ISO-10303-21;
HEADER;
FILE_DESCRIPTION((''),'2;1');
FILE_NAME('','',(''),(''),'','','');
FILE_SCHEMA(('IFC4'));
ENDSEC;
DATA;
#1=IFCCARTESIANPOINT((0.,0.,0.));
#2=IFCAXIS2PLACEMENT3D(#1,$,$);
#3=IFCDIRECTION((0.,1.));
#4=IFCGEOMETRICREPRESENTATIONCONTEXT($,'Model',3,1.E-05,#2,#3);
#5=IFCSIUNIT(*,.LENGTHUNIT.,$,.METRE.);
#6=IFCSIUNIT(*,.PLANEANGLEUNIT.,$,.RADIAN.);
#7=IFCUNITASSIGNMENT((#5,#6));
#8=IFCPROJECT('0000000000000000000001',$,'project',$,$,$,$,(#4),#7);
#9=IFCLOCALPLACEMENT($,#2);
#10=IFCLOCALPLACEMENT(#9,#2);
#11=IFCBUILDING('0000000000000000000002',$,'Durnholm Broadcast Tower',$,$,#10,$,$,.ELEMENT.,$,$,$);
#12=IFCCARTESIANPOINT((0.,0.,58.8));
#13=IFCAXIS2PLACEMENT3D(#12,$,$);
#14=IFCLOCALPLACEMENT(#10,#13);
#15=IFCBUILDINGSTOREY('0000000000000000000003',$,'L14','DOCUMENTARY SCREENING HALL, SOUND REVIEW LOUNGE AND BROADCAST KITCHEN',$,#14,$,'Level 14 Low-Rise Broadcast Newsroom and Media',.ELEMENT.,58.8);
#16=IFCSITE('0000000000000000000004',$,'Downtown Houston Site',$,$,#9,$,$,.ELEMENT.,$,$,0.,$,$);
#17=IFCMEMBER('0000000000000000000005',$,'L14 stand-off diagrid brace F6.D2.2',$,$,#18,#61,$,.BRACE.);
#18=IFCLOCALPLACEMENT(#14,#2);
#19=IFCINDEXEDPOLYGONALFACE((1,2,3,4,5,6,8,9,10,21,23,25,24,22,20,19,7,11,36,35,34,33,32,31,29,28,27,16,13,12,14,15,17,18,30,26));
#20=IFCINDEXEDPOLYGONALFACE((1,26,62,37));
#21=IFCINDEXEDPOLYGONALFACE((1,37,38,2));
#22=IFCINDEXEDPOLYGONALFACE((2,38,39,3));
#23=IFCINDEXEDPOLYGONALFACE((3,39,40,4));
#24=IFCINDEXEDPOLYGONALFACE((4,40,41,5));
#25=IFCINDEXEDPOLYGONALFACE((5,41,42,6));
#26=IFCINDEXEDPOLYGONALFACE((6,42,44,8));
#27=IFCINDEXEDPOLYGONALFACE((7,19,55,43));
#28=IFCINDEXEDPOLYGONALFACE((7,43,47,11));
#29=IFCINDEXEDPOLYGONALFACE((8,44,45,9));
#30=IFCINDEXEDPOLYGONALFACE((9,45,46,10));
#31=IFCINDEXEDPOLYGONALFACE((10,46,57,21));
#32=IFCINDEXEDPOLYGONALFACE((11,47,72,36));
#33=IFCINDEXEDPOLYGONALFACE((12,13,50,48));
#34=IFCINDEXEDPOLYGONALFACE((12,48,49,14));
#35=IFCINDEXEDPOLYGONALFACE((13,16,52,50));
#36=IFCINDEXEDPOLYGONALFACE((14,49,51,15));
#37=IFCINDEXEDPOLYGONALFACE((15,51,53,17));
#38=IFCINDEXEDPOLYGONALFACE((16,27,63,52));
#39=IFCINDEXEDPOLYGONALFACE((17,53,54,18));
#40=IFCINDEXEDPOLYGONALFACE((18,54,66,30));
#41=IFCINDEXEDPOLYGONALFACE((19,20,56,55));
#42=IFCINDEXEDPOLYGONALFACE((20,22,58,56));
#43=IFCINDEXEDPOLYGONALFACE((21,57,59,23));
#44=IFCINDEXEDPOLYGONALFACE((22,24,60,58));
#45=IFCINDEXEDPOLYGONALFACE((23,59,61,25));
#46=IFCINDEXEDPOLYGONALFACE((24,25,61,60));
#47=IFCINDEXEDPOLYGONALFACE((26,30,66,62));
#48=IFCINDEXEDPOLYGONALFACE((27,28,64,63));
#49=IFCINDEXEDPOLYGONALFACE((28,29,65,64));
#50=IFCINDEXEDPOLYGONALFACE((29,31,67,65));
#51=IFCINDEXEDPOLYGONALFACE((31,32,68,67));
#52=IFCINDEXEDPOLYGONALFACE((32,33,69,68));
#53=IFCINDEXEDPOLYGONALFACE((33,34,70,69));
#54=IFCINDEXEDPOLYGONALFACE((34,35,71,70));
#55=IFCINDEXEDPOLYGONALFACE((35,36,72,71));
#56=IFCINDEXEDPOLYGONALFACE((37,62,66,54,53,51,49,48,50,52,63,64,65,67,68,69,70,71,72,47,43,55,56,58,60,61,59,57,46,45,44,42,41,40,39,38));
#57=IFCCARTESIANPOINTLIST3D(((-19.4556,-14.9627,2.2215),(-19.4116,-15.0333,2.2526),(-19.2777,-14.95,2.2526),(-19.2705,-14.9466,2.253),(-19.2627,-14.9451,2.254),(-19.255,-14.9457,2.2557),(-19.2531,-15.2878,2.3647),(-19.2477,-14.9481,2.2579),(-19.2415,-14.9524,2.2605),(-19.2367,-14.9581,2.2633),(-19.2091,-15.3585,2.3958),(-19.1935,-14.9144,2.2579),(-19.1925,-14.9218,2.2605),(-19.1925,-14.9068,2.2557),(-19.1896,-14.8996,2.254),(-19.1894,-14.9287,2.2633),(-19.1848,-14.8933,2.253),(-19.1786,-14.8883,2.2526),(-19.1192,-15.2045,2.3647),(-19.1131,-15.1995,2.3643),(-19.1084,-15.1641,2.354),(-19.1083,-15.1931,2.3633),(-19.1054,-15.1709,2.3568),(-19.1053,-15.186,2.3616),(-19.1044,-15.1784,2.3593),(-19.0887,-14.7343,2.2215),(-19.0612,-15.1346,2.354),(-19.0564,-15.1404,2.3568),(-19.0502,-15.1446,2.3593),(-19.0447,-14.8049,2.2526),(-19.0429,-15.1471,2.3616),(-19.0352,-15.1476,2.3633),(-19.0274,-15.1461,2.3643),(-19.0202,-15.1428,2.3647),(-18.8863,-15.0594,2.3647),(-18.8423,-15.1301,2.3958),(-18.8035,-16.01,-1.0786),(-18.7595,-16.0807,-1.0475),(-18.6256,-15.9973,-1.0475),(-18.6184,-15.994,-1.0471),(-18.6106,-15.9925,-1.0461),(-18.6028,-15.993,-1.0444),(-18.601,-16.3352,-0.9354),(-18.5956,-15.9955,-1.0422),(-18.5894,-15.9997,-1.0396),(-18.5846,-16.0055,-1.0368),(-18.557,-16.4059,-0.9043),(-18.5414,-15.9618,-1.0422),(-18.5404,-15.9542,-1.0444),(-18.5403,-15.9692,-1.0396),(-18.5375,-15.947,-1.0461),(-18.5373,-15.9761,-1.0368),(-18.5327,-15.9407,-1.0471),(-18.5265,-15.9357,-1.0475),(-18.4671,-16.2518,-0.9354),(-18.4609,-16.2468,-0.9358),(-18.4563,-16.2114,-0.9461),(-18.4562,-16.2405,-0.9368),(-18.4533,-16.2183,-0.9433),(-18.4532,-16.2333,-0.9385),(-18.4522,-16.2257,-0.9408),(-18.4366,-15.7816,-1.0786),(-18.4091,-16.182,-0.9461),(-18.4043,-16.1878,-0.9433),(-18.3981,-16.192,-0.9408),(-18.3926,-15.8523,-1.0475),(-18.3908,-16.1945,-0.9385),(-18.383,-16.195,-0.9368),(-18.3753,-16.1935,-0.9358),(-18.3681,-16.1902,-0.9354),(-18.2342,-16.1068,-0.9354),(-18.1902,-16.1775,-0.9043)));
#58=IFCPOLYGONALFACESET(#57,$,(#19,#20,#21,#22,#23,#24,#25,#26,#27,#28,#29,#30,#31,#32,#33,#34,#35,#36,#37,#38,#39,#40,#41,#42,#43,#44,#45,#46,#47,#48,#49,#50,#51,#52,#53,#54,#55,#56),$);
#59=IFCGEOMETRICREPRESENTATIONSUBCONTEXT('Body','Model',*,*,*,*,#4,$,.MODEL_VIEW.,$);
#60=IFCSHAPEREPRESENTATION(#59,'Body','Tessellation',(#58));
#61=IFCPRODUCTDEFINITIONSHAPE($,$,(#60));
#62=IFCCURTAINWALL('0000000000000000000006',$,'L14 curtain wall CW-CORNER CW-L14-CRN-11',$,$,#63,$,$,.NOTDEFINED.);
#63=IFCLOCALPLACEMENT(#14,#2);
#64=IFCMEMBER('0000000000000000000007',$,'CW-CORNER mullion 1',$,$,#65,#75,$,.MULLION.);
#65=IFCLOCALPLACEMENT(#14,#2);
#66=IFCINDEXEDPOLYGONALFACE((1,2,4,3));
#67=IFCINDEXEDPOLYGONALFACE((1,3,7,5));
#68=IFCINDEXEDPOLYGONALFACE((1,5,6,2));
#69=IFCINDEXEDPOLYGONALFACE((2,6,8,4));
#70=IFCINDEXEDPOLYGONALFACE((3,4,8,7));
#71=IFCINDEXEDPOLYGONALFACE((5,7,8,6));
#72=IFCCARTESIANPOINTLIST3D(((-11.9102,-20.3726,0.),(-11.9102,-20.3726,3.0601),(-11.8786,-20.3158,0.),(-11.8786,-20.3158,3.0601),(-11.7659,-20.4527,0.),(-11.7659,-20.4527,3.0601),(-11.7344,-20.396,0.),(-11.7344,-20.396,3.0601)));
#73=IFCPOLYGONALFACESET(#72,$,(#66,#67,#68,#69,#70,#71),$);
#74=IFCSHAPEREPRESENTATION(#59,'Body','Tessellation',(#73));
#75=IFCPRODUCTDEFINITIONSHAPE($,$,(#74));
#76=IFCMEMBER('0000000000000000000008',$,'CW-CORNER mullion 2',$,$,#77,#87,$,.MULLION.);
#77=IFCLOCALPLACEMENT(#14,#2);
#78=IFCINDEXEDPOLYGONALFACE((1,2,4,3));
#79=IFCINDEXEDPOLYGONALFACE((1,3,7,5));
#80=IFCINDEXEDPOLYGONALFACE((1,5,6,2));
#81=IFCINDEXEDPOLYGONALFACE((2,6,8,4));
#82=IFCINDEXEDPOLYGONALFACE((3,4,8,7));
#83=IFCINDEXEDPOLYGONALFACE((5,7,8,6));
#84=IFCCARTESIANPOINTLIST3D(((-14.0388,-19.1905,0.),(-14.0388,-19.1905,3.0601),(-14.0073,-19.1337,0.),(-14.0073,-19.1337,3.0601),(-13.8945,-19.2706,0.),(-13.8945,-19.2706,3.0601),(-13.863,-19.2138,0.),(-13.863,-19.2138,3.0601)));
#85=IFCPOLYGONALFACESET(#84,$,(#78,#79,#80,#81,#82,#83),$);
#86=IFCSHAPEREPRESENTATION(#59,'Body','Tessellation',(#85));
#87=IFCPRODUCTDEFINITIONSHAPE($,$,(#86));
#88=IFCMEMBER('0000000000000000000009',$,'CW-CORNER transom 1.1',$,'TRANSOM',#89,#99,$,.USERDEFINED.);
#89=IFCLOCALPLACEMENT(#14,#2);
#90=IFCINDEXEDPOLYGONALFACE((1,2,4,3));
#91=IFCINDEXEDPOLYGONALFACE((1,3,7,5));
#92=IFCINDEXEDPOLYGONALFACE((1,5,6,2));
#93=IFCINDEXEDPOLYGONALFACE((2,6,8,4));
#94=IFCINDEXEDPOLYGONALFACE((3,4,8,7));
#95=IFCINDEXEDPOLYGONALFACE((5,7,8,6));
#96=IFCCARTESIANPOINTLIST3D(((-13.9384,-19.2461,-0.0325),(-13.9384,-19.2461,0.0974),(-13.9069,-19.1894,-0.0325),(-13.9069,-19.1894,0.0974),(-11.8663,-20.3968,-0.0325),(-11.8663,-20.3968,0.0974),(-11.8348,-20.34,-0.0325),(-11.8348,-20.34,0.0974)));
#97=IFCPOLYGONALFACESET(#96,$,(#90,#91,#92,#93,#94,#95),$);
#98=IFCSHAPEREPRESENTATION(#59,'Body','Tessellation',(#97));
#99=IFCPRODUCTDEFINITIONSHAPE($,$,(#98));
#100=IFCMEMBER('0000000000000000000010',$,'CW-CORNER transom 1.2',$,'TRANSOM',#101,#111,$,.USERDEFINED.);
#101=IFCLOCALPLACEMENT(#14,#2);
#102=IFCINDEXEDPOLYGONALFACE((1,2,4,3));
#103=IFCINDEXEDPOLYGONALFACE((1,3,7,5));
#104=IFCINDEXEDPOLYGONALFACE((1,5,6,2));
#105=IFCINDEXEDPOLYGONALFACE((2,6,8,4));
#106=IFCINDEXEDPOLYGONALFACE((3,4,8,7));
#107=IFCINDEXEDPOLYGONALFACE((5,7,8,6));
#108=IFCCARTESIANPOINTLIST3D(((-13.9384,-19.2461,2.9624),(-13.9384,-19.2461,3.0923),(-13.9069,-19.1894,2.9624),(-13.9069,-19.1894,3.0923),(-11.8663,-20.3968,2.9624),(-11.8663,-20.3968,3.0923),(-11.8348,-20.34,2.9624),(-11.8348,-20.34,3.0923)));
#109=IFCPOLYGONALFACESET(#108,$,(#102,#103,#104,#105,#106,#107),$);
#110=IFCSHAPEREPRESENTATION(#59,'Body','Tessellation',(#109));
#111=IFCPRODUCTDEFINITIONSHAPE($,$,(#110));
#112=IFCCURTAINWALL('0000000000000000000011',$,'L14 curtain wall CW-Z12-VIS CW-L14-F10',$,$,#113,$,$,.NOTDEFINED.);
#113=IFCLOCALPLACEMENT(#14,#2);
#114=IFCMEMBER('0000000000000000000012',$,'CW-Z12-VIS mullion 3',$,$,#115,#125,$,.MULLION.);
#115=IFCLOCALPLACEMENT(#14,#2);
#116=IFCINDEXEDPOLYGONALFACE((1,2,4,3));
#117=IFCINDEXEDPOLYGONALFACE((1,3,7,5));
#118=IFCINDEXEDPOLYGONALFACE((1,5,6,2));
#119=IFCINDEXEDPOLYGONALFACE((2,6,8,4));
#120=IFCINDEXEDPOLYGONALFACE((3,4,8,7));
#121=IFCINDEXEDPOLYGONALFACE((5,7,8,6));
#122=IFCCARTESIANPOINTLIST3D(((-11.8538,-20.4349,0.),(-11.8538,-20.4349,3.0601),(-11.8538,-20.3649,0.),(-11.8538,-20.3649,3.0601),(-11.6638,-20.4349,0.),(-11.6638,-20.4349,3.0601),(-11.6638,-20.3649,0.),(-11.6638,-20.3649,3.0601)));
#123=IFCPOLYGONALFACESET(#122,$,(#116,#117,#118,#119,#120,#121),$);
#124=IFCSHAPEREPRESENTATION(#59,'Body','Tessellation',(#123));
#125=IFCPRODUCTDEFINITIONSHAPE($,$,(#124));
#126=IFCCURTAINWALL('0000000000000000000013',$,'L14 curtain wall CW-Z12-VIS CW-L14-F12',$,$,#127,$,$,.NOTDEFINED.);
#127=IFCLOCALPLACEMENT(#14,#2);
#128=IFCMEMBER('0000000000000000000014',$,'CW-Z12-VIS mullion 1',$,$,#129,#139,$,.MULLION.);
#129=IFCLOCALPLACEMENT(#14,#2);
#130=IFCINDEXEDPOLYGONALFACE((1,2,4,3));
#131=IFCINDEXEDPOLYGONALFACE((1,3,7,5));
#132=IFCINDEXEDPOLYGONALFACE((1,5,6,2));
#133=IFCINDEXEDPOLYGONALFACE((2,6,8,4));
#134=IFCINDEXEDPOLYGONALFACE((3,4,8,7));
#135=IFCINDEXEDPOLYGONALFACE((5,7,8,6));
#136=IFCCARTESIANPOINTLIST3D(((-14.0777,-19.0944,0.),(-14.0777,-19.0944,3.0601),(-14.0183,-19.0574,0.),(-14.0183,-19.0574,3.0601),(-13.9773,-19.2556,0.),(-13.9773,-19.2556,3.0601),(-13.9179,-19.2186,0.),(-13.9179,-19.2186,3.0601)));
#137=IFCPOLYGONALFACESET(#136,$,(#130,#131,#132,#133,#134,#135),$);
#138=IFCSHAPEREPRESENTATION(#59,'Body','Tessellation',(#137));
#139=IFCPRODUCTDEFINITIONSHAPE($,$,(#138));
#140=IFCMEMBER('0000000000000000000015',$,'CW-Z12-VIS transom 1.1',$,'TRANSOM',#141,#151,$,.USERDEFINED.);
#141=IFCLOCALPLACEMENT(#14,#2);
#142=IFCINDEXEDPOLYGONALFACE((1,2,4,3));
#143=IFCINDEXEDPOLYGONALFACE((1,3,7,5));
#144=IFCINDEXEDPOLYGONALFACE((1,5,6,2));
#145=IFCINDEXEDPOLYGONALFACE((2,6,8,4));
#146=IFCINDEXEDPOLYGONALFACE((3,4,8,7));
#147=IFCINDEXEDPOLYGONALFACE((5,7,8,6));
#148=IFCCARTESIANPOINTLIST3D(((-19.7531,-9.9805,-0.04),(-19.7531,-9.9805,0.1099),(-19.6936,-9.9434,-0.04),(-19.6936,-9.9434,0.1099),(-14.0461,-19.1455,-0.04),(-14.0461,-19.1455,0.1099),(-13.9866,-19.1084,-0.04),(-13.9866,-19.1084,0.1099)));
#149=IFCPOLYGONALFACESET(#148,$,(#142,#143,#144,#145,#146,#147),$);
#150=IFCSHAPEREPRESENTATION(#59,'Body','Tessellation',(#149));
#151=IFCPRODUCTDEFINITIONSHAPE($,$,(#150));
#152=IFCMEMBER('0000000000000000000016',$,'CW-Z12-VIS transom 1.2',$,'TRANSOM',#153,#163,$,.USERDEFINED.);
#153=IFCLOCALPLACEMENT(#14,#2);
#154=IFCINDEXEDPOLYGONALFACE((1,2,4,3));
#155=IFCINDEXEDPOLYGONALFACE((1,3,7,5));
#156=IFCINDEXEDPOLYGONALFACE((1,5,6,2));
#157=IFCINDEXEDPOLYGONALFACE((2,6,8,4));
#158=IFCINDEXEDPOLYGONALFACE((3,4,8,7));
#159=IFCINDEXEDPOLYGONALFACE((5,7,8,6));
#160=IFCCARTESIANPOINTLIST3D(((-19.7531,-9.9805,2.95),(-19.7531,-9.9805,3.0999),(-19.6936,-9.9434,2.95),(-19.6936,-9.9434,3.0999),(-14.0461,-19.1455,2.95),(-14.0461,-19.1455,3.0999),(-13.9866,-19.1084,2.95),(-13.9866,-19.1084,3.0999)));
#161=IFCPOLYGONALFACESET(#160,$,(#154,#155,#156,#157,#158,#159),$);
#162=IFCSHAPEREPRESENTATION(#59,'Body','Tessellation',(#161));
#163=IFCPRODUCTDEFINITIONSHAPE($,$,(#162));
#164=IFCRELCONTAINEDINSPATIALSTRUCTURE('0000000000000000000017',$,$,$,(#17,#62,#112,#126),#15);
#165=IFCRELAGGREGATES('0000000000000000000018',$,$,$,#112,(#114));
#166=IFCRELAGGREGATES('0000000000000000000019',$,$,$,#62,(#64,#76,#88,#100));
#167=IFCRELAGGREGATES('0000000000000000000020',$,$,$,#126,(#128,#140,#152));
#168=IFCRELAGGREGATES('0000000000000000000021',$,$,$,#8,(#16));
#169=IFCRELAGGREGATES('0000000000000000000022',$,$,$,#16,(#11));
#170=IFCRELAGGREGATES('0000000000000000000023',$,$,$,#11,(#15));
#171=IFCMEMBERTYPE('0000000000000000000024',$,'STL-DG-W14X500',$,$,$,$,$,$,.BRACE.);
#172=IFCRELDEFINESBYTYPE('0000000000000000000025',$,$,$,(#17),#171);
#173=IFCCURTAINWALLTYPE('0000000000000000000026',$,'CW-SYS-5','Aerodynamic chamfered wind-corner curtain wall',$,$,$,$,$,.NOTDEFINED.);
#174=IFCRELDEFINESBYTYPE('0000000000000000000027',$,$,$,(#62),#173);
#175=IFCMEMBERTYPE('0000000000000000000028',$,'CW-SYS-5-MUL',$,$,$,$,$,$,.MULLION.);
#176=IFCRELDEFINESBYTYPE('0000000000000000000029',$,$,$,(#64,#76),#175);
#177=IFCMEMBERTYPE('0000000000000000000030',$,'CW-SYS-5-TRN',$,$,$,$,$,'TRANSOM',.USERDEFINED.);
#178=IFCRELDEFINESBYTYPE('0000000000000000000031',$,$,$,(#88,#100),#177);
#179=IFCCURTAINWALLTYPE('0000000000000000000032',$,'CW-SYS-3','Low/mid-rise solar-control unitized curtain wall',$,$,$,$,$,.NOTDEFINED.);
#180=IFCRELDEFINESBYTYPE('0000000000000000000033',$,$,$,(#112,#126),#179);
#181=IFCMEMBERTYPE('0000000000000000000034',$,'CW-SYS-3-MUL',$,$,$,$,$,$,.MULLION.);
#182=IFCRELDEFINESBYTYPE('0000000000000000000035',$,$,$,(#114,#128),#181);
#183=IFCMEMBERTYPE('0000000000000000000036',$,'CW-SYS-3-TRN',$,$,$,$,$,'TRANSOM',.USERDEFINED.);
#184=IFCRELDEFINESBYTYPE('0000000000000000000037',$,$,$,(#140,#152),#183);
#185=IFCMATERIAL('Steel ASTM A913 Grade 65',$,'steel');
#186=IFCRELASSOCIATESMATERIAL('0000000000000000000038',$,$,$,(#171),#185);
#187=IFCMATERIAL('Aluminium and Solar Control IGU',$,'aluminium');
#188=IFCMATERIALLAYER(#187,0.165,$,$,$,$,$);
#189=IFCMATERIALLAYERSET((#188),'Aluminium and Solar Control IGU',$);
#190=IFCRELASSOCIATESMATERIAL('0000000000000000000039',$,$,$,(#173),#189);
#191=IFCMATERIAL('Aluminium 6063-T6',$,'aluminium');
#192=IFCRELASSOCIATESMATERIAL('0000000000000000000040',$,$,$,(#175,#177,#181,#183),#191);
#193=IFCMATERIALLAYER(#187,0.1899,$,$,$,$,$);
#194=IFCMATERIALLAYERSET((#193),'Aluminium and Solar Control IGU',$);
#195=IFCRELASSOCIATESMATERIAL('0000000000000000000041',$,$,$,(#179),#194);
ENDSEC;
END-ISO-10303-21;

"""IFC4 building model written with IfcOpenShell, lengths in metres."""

from ifc_helpers import new_model, si_unit, direction, frame, origin, origin_2d, place, context, subcontext, project, spatial, rectangle, i_section, extrude, source, transform, mapped, material, layer, layer_set, material_profile, profile_set, type_object, type_shapes, element, aggregate, save


model = new_model("IFC4")

# Units and contexts
model_context = context("Model", 3, precision=1e-05, world=origin(), true_north=direction((0.0, 1.0)))
body_context = subcontext(model_context, "Body", "Model", "MODEL_VIEW")
ifc_project = project(units=[si_unit("LENGTHUNIT", "METRE"), si_unit("PLANEANGLEUNIT", "RADIAN")], contexts=[model_context])

# Site, building, storey
site_placement = place(None, origin())
site = spatial("IfcSite", under=ifc_project, at=site_placement, Name="Downtown Houston Site", CompositionType="ELEMENT", RefElevation=0.0)
building_placement = place(site_placement, origin())
building = spatial("IfcBuilding", under=site, at=building_placement, Name="Durnholm Broadcast Tower", CompositionType="ELEMENT")
storey_placement = place(building_placement, frame((0.0, 0.0, 58.8)))
storey = spatial("IfcBuildingStorey", under=building, at=storey_placement, Name="L14", Description="DOCUMENTARY SCREENING HALL, SOUND REVIEW LOUNGE AND BROADCAST KITCHEN", LongName="Level 14 Low-Rise Broadcast Newsroom and Media", CompositionType="ELEMENT", Elevation=58.8)

# Member
ifc_material_1 = material(Name="Steel ASTM A913 Grade 65", Category="steel")
ifc_material_profile_1 = material_profile(ifc_material_1, i_section(OverallWidth=0.4321, OverallDepth=0.4978, WebThickness=0.0557, FlangeThickness=0.0889, FilletRadius=0.0305, at=origin_2d()), Name="W14X500")
ifc_profile_set_1 = profile_set([ifc_material_profile_1], Name="Steel ASTM A913 Grade 65")
member_type_1 = type_object("IfcMemberType", Name="STL-DG-W14X500", PredefinedType="BRACE", material=ifc_profile_set_1)
shared_shape_1 = source(origin(), body_context, "Body", "SweptSolid", [
    extrude(i_section(OverallWidth=0.4321, OverallDepth=0.4978, WebThickness=0.0557, FlangeThickness=0.0889, FilletRadius=0.0305, at=origin_2d()), origin(), (0.0, 0.0, 1.0), 3.5232),
])
type_shapes(member_type_1, [shared_shape_1])
for number, where, z_axis, x_axis, name in (
    (1, (-18.4968, -16.0938, -0.9915), (-0.18509, 0.297281, 0.936678), (-0.848909, -0.52854, 0.0), "L14 stand-off diagrid brace F6.D2.2"),
):
    element("IfcMember", number, at=place(storey_placement, frame(where, z_axis=z_axis, x_axis=x_axis)), inside=storey, type_object=member_type_1, Name=name, PredefinedType="BRACE", context=body_context, shape_type="MappedRepresentation", body=[
        mapped(shared_shape_1, transform((0.0, 0.0, 0.0), x_axis=(1.0, 0.0, 0.0), y_axis=(0.0, 1.0, 0.0), z_axis=(0.0, 0.0, 1.0), scale=1.0)),
    ])

# Curtain wall, members
ifc_material_2 = material(Name="Aluminium and Solar Control IGU", Category="aluminium")
ifc_layer_1 = layer(ifc_material_2, 0.165)
ifc_layer_set_1 = layer_set([ifc_layer_1], Name="Aluminium and Solar Control IGU")
curtain_wall_type_1 = type_object("IfcCurtainWallType", Name="CW-SYS-5", Description="Aerodynamic chamfered wind-corner curtain wall", PredefinedType="NOTDEFINED", material=ifc_layer_set_1)
curtain_wall_1_placement = place(storey_placement, origin())
curtain_wall_1 = element("IfcCurtainWall", 2, at=curtain_wall_1_placement, inside=storey, type_object=curtain_wall_type_1, Name="L14 curtain wall CW-CORNER CW-L14-CRN-11", PredefinedType="NOTDEFINED")
ifc_material_3 = material(Name="Aluminium 6063-T6", Category="aluminium")
ifc_material_profile_2 = material_profile(ifc_material_3, rectangle(XDim=0.0649, YDim=0.165, at=origin_2d()), Name="CWM65X165")
ifc_profile_set_2 = profile_set([ifc_material_profile_2], Name="Aluminium 6063-T6")
member_type_2 = type_object("IfcMemberType", Name="CW-SYS-5-MUL", PredefinedType="MULLION", material=ifc_profile_set_2)
shared_shape_2 = source(origin(), body_context, "Body", "SweptSolid", [
    extrude(rectangle(XDim=0.0649, YDim=0.165, at=origin_2d()), origin(), (0.0, 0.0, 1.0), 3.0601),
])
type_shapes(member_type_2, [shared_shape_2])
member_1_placement = place(storey_placement, frame((-11.8223, -20.3843, 0.0), z_axis=(0.0, 0.0, 1.0), x_axis=(-0.485483, -0.874246, 0.0)))
member_1 = element("IfcMember", 3, at=member_1_placement, type_object=member_type_2, Name="CW-CORNER mullion 1", PredefinedType="MULLION", context=body_context, shape_type="MappedRepresentation", body=[
    mapped(shared_shape_2, transform((0.0, 0.0, 0.0), x_axis=(1.0, 0.0, 0.0), y_axis=(0.0, 1.0, 0.0), z_axis=(0.0, 0.0, 1.0), scale=1.0)),
])
member_2_placement = place(storey_placement, frame((-13.9509, -19.2021, 0.0), z_axis=(0.0, 0.0, 1.0), x_axis=(-0.485483, -0.874246, 0.0)))
member_2 = element("IfcMember", 4, at=member_2_placement, type_object=member_type_2, Name="CW-CORNER mullion 2", PredefinedType="MULLION", context=body_context, shape_type="MappedRepresentation", body=[
    mapped(shared_shape_2, transform((0.0, 0.0, 0.0), x_axis=(1.0, 0.0, 0.0), y_axis=(0.0, 1.0, 0.0), z_axis=(0.0, 0.0, 1.0), scale=1.0)),
])
ifc_material_profile_3 = material_profile(ifc_material_3, rectangle(XDim=0.0649, YDim=0.1299, at=origin_2d()), Name="CWT65X130")
ifc_profile_set_3 = profile_set([ifc_material_profile_3], Name="Aluminium 6063-T6")
member_type_3 = type_object("IfcMemberType", Name="CW-SYS-5-TRN", ElementType="TRANSOM", PredefinedType="USERDEFINED", material=ifc_profile_set_3)
shared_shape_3 = source(origin(), body_context, "Body", "SweptSolid", [
    extrude(rectangle(XDim=0.0649, YDim=0.1299, at=origin_2d()), origin(), (0.0, 0.0, 1.0), 2.3701),
])
type_shapes(member_type_3, [shared_shape_3])
member_3_placement = place(storey_placement, frame((-11.8506, -20.3684, 0.0325), z_axis=(-0.874245, 0.485485, 0.0), x_axis=(-0.485485, -0.874245, 0.0)))
member_3 = element("IfcMember", 5, at=member_3_placement, type_object=member_type_3, Name="CW-CORNER transom 1.1", ObjectType="TRANSOM", PredefinedType="USERDEFINED", context=body_context, shape_type="MappedRepresentation", body=[
    mapped(shared_shape_3, transform((0.0, 0.0, 0.0), x_axis=(1.0, 0.0, 0.0), y_axis=(0.0, 1.0, 0.0), z_axis=(0.0, 0.0, 1.0), scale=1.0)),
])
member_4_placement = place(storey_placement, frame((-11.8506, -20.3684, 3.0273), z_axis=(-0.874245, 0.485485, 0.0), x_axis=(-0.485485, -0.874245, 0.0)))
member_4 = element("IfcMember", 6, at=member_4_placement, type_object=member_type_3, Name="CW-CORNER transom 1.2", ObjectType="TRANSOM", PredefinedType="USERDEFINED", context=body_context, shape_type="MappedRepresentation", body=[
    mapped(shared_shape_3, transform((0.0, 0.0, 0.0), x_axis=(1.0, 0.0, 0.0), y_axis=(0.0, 1.0, 0.0), z_axis=(0.0, 0.0, 1.0), scale=1.0)),
])

# Curtain wall, member
ifc_layer_2 = layer(ifc_material_2, 0.1899)
ifc_layer_set_2 = layer_set([ifc_layer_2], Name="Aluminium and Solar Control IGU")
curtain_wall_type_2 = type_object("IfcCurtainWallType", Name="CW-SYS-3", Description="Low/mid-rise solar-control unitized curtain wall", PredefinedType="NOTDEFINED", material=ifc_layer_set_2)
curtain_wall_2_placement = place(storey_placement, origin())
curtain_wall_2 = element("IfcCurtainWall", 7, at=curtain_wall_2_placement, inside=storey, type_object=curtain_wall_type_2, Name="L14 curtain wall CW-Z12-VIS CW-L14-F10", PredefinedType="NOTDEFINED")
ifc_material_profile_4 = material_profile(ifc_material_3, rectangle(XDim=0.0701, YDim=0.1899, at=origin_2d()), Name="CWM70X190")
ifc_profile_set_4 = profile_set([ifc_material_profile_4], Name="Aluminium 6063-T6")
member_type_4 = type_object("IfcMemberType", Name="CW-SYS-3-MUL", PredefinedType="MULLION", material=ifc_profile_set_4)
shared_shape_4 = source(origin(), body_context, "Body", "SweptSolid", [
    extrude(rectangle(XDim=0.0701, YDim=0.1899, at=origin_2d()), origin(), (0.0, 0.0, 1.0), 3.0601),
])
type_shapes(member_type_4, [shared_shape_4])
member_5_placement = place(storey_placement, frame((-11.7588, -20.3999, 0.0), z_axis=(0.0, 0.0, 1.0), x_axis=(0.0, -1.0, 0.0)))
member_5 = element("IfcMember", 8, at=member_5_placement, type_object=member_type_4, Name="CW-Z12-VIS mullion 3", PredefinedType="MULLION", context=body_context, shape_type="MappedRepresentation", body=[
    mapped(shared_shape_4, transform((0.0, 0.0, 0.0), x_axis=(1.0, 0.0, 0.0), y_axis=(0.0, 1.0, 0.0), z_axis=(0.0, 0.0, 1.0), scale=1.0)),
])
aggregate(curtain_wall_2, [member_5])

# Curtain wall, members
curtain_wall_3_placement = place(storey_placement, origin())
curtain_wall_3 = element("IfcCurtainWall", 9, at=curtain_wall_3_placement, inside=storey, type_object=curtain_wall_type_2, Name="L14 curtain wall CW-Z12-VIS CW-L14-F12", PredefinedType="NOTDEFINED")
member_6_placement = place(storey_placement, frame((-13.9978, -19.1565, 0.0), z_axis=(0.0, 0.0, 1.0), x_axis=(-0.848876, -0.528592, 0.0)))
member_6 = element("IfcMember", 10, at=member_6_placement, type_object=member_type_4, Name="CW-Z12-VIS mullion 1", PredefinedType="MULLION", context=body_context, shape_type="MappedRepresentation", body=[
    mapped(shared_shape_4, transform((0.0, 0.0, 0.0), x_axis=(1.0, 0.0, 0.0), y_axis=(0.0, 1.0, 0.0), z_axis=(0.0, 0.0, 1.0), scale=1.0)),
])
ifc_material_profile_5 = material_profile(ifc_material_3, rectangle(XDim=0.0701, YDim=0.1499, at=origin_2d()), Name="CWT70X150")
ifc_profile_set_5 = profile_set([ifc_material_profile_5], Name="Aluminium 6063-T6")
member_type_5 = type_object("IfcMemberType", Name="CW-SYS-3-TRN", ElementType="TRANSOM", PredefinedType="USERDEFINED", material=ifc_profile_set_5)
shared_shape_5 = source(origin(), body_context, "Body", "SweptSolid", [
    extrude(rectangle(XDim=0.0701, YDim=0.1499, at=origin_2d()), origin(), (0.0, 0.0, 1.0), 10.7966),
])
type_shapes(member_type_5, [shared_shape_5])
member_7_placement = place(storey_placement, frame((-14.0164, -19.127, 0.0349), z_axis=(-0.528592, 0.848876, 0.0), x_axis=(-0.848876, -0.528592, 0.0)))
member_7 = element("IfcMember", 11, at=member_7_placement, type_object=member_type_5, Name="CW-Z12-VIS transom 1.1", ObjectType="TRANSOM", PredefinedType="USERDEFINED", context=body_context, shape_type="MappedRepresentation", body=[
    mapped(shared_shape_5, transform((0.0, 0.0, 0.0), x_axis=(1.0, 0.0, 0.0), y_axis=(0.0, 1.0, 0.0), z_axis=(0.0, 0.0, 1.0), scale=1.0)),
])
member_8_placement = place(storey_placement, frame((-14.0164, -19.127, 3.0249), z_axis=(-0.528592, 0.848876, 0.0), x_axis=(-0.848876, -0.528592, 0.0)))
member_8 = element("IfcMember", 12, at=member_8_placement, type_object=member_type_5, Name="CW-Z12-VIS transom 1.2", ObjectType="TRANSOM", PredefinedType="USERDEFINED", context=body_context, shape_type="MappedRepresentation", body=[
    mapped(shared_shape_5, transform((0.0, 0.0, 0.0), x_axis=(1.0, 0.0, 0.0), y_axis=(0.0, 1.0, 0.0), z_axis=(0.0, 0.0, 1.0), scale=1.0)),
])

aggregate(curtain_wall_1, [member_1, member_2, member_3, member_4])
aggregate(curtain_wall_3, [member_6, member_7, member_8])

save(model, "model.ifc")
